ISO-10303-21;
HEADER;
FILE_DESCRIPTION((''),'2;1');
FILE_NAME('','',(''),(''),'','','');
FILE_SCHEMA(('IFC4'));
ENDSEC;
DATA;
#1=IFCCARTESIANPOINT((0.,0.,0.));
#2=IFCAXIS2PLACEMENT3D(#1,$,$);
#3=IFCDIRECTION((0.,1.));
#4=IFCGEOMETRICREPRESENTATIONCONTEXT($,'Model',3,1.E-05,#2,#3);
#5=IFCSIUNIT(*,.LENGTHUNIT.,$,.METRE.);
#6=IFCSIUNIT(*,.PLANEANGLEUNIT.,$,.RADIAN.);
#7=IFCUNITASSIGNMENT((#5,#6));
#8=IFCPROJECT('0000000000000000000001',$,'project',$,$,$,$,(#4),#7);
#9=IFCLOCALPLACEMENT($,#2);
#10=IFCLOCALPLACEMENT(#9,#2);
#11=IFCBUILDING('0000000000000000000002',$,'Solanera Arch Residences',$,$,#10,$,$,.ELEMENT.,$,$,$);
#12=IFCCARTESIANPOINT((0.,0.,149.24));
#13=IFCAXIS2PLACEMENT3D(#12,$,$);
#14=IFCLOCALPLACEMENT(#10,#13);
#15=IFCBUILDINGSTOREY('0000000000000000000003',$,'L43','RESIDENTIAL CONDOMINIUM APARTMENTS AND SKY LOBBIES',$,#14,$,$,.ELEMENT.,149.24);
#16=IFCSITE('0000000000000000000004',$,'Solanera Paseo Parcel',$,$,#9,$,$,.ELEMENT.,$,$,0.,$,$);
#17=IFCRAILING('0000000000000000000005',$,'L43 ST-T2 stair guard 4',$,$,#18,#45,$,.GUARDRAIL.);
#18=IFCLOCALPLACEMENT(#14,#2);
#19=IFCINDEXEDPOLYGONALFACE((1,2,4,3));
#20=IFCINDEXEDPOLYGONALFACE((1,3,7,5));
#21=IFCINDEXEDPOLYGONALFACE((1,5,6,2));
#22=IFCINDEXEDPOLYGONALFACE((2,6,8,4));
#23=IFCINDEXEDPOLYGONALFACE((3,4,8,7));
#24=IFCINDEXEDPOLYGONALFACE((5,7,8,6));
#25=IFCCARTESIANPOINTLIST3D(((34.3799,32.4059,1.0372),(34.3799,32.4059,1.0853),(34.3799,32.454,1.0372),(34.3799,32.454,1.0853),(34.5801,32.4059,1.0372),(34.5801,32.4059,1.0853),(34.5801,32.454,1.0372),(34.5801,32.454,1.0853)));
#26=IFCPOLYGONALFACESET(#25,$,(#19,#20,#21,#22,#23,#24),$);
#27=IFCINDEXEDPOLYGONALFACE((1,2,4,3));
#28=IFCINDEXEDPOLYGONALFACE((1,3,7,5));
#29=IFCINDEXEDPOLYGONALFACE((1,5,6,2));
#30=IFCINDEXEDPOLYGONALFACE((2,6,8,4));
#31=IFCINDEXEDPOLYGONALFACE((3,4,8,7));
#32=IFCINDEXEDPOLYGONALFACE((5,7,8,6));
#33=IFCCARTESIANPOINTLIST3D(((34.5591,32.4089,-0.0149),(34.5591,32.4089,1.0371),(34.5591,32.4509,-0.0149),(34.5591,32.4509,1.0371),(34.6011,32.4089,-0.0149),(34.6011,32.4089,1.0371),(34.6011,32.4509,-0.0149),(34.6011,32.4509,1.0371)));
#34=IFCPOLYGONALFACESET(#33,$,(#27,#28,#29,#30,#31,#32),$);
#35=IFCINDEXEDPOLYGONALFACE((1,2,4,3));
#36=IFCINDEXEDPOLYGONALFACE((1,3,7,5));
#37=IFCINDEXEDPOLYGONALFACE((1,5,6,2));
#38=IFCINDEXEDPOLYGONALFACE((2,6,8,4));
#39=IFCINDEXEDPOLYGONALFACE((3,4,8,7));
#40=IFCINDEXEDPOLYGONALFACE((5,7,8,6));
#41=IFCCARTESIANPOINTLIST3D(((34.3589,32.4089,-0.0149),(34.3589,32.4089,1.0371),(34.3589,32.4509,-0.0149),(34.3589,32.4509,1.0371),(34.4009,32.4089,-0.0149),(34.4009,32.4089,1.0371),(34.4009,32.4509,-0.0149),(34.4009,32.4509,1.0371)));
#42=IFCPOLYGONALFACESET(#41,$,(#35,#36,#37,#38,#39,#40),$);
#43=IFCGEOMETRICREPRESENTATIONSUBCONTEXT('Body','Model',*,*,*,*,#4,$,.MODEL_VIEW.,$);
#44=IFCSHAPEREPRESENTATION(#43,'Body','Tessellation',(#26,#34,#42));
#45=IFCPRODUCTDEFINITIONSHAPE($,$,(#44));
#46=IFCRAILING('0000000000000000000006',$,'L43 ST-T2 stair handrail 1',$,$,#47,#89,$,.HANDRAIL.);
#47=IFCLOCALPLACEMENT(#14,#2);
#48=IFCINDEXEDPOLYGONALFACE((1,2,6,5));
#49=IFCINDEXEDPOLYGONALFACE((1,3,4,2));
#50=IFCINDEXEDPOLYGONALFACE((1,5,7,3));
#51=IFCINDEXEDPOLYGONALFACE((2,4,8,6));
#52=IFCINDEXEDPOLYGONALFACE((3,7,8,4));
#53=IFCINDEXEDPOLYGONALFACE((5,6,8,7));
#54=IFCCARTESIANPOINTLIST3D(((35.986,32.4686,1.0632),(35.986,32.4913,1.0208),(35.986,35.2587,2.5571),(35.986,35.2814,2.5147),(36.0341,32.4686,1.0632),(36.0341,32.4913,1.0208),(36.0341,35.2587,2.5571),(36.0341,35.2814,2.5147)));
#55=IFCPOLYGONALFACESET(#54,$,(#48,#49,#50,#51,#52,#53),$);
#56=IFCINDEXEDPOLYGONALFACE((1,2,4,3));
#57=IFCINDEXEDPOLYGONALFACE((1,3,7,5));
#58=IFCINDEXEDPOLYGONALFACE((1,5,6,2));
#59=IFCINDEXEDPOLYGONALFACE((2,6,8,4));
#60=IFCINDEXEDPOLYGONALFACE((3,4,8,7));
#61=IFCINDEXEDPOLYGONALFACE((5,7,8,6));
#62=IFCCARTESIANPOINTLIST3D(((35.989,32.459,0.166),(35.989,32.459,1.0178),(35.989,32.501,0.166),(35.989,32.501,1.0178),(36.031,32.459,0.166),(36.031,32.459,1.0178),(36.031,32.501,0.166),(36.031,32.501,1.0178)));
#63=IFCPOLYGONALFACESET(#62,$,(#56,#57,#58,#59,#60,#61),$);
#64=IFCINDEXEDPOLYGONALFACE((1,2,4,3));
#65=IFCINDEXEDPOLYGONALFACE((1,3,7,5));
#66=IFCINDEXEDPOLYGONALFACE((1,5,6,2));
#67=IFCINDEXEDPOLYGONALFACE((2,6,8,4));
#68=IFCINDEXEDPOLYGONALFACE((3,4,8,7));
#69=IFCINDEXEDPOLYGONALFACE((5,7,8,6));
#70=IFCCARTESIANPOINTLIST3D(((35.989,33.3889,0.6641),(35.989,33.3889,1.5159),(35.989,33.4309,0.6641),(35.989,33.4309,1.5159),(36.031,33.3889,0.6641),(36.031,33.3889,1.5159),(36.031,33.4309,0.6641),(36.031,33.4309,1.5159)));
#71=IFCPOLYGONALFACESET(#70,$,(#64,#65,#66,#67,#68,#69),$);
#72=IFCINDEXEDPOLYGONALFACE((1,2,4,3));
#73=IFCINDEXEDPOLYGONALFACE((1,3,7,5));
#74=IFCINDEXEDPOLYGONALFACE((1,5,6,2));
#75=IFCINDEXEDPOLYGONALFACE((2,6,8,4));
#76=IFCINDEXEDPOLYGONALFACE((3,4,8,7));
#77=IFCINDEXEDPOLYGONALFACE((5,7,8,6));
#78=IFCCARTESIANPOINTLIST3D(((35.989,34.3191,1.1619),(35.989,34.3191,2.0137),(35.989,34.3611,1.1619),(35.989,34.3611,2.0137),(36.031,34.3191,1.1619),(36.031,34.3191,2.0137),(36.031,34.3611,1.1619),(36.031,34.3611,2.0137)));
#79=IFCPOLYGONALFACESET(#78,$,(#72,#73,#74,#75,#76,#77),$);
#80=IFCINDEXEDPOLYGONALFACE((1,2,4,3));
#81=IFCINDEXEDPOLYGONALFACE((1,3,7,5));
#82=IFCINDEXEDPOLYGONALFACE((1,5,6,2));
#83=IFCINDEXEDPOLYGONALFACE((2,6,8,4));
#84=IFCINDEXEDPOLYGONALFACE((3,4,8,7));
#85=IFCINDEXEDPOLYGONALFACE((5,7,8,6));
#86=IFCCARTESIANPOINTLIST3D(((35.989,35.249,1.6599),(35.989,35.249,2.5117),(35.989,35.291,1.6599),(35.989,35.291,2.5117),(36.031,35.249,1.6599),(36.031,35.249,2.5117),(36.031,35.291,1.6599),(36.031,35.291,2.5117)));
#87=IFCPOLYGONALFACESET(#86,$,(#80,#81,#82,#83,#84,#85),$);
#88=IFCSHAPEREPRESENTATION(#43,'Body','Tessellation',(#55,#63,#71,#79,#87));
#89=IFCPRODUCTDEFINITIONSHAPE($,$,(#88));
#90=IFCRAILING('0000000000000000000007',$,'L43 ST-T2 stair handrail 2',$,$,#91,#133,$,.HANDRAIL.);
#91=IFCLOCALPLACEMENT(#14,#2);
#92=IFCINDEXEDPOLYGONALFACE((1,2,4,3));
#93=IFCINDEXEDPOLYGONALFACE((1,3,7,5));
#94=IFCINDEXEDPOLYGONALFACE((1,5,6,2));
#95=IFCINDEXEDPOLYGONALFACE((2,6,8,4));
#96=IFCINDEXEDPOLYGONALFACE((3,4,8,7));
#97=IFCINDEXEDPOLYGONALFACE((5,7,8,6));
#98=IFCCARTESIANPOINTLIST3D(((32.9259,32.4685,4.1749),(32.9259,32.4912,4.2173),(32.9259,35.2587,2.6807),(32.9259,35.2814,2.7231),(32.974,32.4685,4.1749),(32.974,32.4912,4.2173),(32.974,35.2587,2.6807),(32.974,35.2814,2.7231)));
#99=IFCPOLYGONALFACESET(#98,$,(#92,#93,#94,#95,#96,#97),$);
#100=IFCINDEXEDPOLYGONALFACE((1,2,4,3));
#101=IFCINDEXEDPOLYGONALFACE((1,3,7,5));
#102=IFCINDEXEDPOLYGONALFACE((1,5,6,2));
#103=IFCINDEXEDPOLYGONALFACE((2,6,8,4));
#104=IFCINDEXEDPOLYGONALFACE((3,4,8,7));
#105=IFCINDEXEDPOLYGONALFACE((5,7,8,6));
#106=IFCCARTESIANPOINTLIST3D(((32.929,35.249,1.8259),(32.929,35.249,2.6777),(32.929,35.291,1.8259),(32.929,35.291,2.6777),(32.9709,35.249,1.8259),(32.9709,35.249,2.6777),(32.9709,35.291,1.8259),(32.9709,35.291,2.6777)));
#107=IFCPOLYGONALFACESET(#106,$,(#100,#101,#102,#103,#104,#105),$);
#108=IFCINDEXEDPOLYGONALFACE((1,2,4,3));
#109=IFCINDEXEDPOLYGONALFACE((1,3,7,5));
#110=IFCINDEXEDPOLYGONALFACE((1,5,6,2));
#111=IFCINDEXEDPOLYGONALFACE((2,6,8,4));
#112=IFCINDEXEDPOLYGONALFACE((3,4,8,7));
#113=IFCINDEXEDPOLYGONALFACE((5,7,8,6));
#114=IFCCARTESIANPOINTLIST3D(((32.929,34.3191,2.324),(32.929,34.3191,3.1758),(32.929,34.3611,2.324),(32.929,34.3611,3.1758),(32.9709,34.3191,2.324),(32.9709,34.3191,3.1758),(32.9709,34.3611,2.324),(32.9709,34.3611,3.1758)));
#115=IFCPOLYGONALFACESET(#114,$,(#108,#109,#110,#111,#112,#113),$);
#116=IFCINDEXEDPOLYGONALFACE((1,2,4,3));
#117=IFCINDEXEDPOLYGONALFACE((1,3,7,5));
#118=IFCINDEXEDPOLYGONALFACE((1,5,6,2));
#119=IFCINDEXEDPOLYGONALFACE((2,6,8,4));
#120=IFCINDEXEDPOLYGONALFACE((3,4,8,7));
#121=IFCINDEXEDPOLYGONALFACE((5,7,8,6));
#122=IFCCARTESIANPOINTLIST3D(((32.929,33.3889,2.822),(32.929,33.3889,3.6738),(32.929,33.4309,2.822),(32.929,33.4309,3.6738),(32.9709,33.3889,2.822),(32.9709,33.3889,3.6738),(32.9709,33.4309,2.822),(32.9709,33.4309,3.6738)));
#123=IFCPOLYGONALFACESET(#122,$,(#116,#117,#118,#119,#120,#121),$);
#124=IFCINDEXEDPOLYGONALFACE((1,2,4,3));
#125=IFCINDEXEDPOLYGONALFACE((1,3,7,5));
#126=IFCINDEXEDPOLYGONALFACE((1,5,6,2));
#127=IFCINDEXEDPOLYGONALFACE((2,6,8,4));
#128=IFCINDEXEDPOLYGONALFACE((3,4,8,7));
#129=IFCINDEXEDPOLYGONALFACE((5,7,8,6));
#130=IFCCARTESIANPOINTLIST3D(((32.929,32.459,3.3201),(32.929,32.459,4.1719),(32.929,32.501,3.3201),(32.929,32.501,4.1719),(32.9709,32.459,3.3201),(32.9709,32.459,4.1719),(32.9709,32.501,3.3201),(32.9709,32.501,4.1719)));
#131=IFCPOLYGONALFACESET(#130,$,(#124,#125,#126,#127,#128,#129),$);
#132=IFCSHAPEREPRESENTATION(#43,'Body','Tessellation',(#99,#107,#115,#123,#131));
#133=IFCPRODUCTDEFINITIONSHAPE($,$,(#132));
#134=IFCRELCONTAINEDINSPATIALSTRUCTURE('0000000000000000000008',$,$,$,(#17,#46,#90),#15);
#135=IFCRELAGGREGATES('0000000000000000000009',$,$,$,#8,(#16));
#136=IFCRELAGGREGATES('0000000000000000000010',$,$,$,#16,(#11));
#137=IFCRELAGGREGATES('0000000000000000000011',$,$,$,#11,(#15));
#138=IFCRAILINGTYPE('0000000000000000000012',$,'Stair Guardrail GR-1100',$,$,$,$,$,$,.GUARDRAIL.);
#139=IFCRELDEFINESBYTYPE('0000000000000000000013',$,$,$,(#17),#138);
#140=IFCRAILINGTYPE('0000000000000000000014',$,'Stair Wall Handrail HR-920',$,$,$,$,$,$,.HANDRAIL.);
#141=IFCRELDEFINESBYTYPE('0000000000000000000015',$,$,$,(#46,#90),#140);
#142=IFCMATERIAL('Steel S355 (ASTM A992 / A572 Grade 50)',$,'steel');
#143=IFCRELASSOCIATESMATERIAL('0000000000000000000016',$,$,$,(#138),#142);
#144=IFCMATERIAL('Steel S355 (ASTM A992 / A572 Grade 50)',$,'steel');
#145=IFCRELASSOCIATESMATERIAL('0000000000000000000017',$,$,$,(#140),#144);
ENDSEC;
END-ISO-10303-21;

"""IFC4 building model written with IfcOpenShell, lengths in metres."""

from ifc_helpers import new_model, si_unit, direction, frame, origin, origin_2d, place, context, subcontext, project, spatial, rectangle, extrude, material, type_object, element, save


model = new_model("IFC4")

# Units and contexts
model_context = context("Model", 3, precision=1e-05, world=origin(), true_north=direction((0.0, 1.0)))
body_context = subcontext(model_context, "Body", "Model", "MODEL_VIEW")
ifc_project = project(units=[si_unit("LENGTHUNIT", "METRE"), si_unit("PLANEANGLEUNIT", "RADIAN")], contexts=[model_context])

# Site, building, storey
site_placement = place(None, origin())
site = spatial("IfcSite", under=ifc_project, at=site_placement, Name="Solanera Paseo Parcel", CompositionType="ELEMENT", RefElevation=0.0)
building_placement = place(site_placement, origin())
building = spatial("IfcBuilding", under=site, at=building_placement, Name="Solanera Arch Residences", CompositionType="ELEMENT")
storey_placement = place(building_placement, frame((0.0, 0.0, 149.24)))
storey = spatial("IfcBuildingStorey", under=building, at=storey_placement, Name="L43", Description="RESIDENTIAL CONDOMINIUM APARTMENTS AND SKY LOBBIES", CompositionType="ELEMENT", Elevation=149.24)

# Railings
ifc_material_1 = material(Name="Steel S355 (ASTM A992 / A572 Grade 50)", Category="steel")
railing_type_1 = type_object("IfcRailingType", Name="Stair Guardrail GR-1100", PredefinedType="GUARDRAIL", material=ifc_material_1)
railing_1_placement = place(storey_placement, frame((34.5801, 32.4299, -0.0149)))
element("IfcRailing", 1, at=railing_1_placement, inside=storey, type_object=railing_type_1, Name="L43 ST-T2 stair guard 4", PredefinedType="GUARDRAIL", context=body_context, shape_type="SweptSolid", body=[
    extrude(rectangle(XDim=0.0481, YDim=0.0481, at=origin_2d()), frame((0.0, 0.0, 1.0762), z_axis=(-1.0, 0.0, 0.0), x_axis=(0.0, -1.0, 0.0)), (0.0, 0.0, 1.0), 0.2002),
    extrude(rectangle(XDim=0.042, YDim=0.042, at=origin_2d()), origin(), (0.0, 0.0, 1.0), 1.052),
    extrude(rectangle(XDim=0.042, YDim=0.042, at=origin_2d()), frame((-0.2002, 0.0, 0.0)), (0.0, 0.0, 1.0), 1.052),
])
ifc_material_2 = material(Name="Steel S355 (ASTM A992 / A572 Grade 50)", Category="steel")
railing_type_2 = type_object("IfcRailingType", Name="Stair Wall Handrail HR-920", PredefinedType="HANDRAIL", material=ifc_material_2)
railing_2_placement = place(storey_placement, frame((36.01, 32.48, 0.166)))
element("IfcRailing", 2, at=railing_2_placement, inside=storey, type_object=railing_type_2, Name="L43 ST-T2 stair handrail 1", PredefinedType="HANDRAIL", context=body_context, shape_type="SweptSolid", body=[
    extrude(rectangle(XDim=0.0481, YDim=0.0481, at=origin_2d()), frame((0.0, 0.0, 0.876), z_axis=(0.0, 0.881581, 0.472033), x_axis=(-1.0, 0.0, 0.0)), (0.0, 0.0, 1.0), 3.1648),
    extrude(rectangle(XDim=0.042, YDim=0.042, at=origin_2d()), origin(), (0.0, 0.0, 1.0), 0.8518),
    extrude(rectangle(XDim=0.042, YDim=0.042, at=origin_2d()), frame((0.0, 0.9299, 0.498)), (0.0, 0.0, 1.0), 0.8518),
    extrude(rectangle(XDim=0.042, YDim=0.042, at=origin_2d()), frame((0.0, 1.8601, 0.9958)), (0.0, 0.0, 1.0), 0.8518),
    extrude(rectangle(XDim=0.042, YDim=0.042, at=origin_2d()), frame((0.0, 2.79, 1.4939)), (0.0, 0.0, 1.0), 0.8518),
])
railing_3_placement = place(storey_placement, frame((32.95, 35.27, 1.8259)))
element("IfcRailing", 3, at=railing_3_placement, inside=storey, type_object=railing_type_2, Name="L43 ST-T2 stair handrail 2", PredefinedType="HANDRAIL", context=body_context, shape_type="SweptSolid", body=[
    extrude(rectangle(XDim=0.0481, YDim=0.0481, at=origin_2d()), frame((0.0, 0.0, 0.876), z_axis=(0.0, -0.881549, 0.472093), x_axis=(1.0, 0.0, 0.0)), (0.0, 0.0, 1.0), 3.165),
    extrude(rectangle(XDim=0.042, YDim=0.042, at=origin_2d()), origin(), (0.0, 0.0, 1.0), 0.8518),
    extrude(rectangle(XDim=0.042, YDim=0.042, at=origin_2d()), frame((0.0, -0.9299, 0.498)), (0.0, 0.0, 1.0), 0.8518),
    extrude(rectangle(XDim=0.042, YDim=0.042, at=origin_2d()), frame((0.0, -1.8601, 0.9961)), (0.0, 0.0, 1.0), 0.8518),
    extrude(rectangle(XDim=0.042, YDim=0.042, at=origin_2d()), frame((0.0, -2.79, 1.4941)), (0.0, 0.0, 1.0), 0.8518),
])

save(model, "model.ifc")
